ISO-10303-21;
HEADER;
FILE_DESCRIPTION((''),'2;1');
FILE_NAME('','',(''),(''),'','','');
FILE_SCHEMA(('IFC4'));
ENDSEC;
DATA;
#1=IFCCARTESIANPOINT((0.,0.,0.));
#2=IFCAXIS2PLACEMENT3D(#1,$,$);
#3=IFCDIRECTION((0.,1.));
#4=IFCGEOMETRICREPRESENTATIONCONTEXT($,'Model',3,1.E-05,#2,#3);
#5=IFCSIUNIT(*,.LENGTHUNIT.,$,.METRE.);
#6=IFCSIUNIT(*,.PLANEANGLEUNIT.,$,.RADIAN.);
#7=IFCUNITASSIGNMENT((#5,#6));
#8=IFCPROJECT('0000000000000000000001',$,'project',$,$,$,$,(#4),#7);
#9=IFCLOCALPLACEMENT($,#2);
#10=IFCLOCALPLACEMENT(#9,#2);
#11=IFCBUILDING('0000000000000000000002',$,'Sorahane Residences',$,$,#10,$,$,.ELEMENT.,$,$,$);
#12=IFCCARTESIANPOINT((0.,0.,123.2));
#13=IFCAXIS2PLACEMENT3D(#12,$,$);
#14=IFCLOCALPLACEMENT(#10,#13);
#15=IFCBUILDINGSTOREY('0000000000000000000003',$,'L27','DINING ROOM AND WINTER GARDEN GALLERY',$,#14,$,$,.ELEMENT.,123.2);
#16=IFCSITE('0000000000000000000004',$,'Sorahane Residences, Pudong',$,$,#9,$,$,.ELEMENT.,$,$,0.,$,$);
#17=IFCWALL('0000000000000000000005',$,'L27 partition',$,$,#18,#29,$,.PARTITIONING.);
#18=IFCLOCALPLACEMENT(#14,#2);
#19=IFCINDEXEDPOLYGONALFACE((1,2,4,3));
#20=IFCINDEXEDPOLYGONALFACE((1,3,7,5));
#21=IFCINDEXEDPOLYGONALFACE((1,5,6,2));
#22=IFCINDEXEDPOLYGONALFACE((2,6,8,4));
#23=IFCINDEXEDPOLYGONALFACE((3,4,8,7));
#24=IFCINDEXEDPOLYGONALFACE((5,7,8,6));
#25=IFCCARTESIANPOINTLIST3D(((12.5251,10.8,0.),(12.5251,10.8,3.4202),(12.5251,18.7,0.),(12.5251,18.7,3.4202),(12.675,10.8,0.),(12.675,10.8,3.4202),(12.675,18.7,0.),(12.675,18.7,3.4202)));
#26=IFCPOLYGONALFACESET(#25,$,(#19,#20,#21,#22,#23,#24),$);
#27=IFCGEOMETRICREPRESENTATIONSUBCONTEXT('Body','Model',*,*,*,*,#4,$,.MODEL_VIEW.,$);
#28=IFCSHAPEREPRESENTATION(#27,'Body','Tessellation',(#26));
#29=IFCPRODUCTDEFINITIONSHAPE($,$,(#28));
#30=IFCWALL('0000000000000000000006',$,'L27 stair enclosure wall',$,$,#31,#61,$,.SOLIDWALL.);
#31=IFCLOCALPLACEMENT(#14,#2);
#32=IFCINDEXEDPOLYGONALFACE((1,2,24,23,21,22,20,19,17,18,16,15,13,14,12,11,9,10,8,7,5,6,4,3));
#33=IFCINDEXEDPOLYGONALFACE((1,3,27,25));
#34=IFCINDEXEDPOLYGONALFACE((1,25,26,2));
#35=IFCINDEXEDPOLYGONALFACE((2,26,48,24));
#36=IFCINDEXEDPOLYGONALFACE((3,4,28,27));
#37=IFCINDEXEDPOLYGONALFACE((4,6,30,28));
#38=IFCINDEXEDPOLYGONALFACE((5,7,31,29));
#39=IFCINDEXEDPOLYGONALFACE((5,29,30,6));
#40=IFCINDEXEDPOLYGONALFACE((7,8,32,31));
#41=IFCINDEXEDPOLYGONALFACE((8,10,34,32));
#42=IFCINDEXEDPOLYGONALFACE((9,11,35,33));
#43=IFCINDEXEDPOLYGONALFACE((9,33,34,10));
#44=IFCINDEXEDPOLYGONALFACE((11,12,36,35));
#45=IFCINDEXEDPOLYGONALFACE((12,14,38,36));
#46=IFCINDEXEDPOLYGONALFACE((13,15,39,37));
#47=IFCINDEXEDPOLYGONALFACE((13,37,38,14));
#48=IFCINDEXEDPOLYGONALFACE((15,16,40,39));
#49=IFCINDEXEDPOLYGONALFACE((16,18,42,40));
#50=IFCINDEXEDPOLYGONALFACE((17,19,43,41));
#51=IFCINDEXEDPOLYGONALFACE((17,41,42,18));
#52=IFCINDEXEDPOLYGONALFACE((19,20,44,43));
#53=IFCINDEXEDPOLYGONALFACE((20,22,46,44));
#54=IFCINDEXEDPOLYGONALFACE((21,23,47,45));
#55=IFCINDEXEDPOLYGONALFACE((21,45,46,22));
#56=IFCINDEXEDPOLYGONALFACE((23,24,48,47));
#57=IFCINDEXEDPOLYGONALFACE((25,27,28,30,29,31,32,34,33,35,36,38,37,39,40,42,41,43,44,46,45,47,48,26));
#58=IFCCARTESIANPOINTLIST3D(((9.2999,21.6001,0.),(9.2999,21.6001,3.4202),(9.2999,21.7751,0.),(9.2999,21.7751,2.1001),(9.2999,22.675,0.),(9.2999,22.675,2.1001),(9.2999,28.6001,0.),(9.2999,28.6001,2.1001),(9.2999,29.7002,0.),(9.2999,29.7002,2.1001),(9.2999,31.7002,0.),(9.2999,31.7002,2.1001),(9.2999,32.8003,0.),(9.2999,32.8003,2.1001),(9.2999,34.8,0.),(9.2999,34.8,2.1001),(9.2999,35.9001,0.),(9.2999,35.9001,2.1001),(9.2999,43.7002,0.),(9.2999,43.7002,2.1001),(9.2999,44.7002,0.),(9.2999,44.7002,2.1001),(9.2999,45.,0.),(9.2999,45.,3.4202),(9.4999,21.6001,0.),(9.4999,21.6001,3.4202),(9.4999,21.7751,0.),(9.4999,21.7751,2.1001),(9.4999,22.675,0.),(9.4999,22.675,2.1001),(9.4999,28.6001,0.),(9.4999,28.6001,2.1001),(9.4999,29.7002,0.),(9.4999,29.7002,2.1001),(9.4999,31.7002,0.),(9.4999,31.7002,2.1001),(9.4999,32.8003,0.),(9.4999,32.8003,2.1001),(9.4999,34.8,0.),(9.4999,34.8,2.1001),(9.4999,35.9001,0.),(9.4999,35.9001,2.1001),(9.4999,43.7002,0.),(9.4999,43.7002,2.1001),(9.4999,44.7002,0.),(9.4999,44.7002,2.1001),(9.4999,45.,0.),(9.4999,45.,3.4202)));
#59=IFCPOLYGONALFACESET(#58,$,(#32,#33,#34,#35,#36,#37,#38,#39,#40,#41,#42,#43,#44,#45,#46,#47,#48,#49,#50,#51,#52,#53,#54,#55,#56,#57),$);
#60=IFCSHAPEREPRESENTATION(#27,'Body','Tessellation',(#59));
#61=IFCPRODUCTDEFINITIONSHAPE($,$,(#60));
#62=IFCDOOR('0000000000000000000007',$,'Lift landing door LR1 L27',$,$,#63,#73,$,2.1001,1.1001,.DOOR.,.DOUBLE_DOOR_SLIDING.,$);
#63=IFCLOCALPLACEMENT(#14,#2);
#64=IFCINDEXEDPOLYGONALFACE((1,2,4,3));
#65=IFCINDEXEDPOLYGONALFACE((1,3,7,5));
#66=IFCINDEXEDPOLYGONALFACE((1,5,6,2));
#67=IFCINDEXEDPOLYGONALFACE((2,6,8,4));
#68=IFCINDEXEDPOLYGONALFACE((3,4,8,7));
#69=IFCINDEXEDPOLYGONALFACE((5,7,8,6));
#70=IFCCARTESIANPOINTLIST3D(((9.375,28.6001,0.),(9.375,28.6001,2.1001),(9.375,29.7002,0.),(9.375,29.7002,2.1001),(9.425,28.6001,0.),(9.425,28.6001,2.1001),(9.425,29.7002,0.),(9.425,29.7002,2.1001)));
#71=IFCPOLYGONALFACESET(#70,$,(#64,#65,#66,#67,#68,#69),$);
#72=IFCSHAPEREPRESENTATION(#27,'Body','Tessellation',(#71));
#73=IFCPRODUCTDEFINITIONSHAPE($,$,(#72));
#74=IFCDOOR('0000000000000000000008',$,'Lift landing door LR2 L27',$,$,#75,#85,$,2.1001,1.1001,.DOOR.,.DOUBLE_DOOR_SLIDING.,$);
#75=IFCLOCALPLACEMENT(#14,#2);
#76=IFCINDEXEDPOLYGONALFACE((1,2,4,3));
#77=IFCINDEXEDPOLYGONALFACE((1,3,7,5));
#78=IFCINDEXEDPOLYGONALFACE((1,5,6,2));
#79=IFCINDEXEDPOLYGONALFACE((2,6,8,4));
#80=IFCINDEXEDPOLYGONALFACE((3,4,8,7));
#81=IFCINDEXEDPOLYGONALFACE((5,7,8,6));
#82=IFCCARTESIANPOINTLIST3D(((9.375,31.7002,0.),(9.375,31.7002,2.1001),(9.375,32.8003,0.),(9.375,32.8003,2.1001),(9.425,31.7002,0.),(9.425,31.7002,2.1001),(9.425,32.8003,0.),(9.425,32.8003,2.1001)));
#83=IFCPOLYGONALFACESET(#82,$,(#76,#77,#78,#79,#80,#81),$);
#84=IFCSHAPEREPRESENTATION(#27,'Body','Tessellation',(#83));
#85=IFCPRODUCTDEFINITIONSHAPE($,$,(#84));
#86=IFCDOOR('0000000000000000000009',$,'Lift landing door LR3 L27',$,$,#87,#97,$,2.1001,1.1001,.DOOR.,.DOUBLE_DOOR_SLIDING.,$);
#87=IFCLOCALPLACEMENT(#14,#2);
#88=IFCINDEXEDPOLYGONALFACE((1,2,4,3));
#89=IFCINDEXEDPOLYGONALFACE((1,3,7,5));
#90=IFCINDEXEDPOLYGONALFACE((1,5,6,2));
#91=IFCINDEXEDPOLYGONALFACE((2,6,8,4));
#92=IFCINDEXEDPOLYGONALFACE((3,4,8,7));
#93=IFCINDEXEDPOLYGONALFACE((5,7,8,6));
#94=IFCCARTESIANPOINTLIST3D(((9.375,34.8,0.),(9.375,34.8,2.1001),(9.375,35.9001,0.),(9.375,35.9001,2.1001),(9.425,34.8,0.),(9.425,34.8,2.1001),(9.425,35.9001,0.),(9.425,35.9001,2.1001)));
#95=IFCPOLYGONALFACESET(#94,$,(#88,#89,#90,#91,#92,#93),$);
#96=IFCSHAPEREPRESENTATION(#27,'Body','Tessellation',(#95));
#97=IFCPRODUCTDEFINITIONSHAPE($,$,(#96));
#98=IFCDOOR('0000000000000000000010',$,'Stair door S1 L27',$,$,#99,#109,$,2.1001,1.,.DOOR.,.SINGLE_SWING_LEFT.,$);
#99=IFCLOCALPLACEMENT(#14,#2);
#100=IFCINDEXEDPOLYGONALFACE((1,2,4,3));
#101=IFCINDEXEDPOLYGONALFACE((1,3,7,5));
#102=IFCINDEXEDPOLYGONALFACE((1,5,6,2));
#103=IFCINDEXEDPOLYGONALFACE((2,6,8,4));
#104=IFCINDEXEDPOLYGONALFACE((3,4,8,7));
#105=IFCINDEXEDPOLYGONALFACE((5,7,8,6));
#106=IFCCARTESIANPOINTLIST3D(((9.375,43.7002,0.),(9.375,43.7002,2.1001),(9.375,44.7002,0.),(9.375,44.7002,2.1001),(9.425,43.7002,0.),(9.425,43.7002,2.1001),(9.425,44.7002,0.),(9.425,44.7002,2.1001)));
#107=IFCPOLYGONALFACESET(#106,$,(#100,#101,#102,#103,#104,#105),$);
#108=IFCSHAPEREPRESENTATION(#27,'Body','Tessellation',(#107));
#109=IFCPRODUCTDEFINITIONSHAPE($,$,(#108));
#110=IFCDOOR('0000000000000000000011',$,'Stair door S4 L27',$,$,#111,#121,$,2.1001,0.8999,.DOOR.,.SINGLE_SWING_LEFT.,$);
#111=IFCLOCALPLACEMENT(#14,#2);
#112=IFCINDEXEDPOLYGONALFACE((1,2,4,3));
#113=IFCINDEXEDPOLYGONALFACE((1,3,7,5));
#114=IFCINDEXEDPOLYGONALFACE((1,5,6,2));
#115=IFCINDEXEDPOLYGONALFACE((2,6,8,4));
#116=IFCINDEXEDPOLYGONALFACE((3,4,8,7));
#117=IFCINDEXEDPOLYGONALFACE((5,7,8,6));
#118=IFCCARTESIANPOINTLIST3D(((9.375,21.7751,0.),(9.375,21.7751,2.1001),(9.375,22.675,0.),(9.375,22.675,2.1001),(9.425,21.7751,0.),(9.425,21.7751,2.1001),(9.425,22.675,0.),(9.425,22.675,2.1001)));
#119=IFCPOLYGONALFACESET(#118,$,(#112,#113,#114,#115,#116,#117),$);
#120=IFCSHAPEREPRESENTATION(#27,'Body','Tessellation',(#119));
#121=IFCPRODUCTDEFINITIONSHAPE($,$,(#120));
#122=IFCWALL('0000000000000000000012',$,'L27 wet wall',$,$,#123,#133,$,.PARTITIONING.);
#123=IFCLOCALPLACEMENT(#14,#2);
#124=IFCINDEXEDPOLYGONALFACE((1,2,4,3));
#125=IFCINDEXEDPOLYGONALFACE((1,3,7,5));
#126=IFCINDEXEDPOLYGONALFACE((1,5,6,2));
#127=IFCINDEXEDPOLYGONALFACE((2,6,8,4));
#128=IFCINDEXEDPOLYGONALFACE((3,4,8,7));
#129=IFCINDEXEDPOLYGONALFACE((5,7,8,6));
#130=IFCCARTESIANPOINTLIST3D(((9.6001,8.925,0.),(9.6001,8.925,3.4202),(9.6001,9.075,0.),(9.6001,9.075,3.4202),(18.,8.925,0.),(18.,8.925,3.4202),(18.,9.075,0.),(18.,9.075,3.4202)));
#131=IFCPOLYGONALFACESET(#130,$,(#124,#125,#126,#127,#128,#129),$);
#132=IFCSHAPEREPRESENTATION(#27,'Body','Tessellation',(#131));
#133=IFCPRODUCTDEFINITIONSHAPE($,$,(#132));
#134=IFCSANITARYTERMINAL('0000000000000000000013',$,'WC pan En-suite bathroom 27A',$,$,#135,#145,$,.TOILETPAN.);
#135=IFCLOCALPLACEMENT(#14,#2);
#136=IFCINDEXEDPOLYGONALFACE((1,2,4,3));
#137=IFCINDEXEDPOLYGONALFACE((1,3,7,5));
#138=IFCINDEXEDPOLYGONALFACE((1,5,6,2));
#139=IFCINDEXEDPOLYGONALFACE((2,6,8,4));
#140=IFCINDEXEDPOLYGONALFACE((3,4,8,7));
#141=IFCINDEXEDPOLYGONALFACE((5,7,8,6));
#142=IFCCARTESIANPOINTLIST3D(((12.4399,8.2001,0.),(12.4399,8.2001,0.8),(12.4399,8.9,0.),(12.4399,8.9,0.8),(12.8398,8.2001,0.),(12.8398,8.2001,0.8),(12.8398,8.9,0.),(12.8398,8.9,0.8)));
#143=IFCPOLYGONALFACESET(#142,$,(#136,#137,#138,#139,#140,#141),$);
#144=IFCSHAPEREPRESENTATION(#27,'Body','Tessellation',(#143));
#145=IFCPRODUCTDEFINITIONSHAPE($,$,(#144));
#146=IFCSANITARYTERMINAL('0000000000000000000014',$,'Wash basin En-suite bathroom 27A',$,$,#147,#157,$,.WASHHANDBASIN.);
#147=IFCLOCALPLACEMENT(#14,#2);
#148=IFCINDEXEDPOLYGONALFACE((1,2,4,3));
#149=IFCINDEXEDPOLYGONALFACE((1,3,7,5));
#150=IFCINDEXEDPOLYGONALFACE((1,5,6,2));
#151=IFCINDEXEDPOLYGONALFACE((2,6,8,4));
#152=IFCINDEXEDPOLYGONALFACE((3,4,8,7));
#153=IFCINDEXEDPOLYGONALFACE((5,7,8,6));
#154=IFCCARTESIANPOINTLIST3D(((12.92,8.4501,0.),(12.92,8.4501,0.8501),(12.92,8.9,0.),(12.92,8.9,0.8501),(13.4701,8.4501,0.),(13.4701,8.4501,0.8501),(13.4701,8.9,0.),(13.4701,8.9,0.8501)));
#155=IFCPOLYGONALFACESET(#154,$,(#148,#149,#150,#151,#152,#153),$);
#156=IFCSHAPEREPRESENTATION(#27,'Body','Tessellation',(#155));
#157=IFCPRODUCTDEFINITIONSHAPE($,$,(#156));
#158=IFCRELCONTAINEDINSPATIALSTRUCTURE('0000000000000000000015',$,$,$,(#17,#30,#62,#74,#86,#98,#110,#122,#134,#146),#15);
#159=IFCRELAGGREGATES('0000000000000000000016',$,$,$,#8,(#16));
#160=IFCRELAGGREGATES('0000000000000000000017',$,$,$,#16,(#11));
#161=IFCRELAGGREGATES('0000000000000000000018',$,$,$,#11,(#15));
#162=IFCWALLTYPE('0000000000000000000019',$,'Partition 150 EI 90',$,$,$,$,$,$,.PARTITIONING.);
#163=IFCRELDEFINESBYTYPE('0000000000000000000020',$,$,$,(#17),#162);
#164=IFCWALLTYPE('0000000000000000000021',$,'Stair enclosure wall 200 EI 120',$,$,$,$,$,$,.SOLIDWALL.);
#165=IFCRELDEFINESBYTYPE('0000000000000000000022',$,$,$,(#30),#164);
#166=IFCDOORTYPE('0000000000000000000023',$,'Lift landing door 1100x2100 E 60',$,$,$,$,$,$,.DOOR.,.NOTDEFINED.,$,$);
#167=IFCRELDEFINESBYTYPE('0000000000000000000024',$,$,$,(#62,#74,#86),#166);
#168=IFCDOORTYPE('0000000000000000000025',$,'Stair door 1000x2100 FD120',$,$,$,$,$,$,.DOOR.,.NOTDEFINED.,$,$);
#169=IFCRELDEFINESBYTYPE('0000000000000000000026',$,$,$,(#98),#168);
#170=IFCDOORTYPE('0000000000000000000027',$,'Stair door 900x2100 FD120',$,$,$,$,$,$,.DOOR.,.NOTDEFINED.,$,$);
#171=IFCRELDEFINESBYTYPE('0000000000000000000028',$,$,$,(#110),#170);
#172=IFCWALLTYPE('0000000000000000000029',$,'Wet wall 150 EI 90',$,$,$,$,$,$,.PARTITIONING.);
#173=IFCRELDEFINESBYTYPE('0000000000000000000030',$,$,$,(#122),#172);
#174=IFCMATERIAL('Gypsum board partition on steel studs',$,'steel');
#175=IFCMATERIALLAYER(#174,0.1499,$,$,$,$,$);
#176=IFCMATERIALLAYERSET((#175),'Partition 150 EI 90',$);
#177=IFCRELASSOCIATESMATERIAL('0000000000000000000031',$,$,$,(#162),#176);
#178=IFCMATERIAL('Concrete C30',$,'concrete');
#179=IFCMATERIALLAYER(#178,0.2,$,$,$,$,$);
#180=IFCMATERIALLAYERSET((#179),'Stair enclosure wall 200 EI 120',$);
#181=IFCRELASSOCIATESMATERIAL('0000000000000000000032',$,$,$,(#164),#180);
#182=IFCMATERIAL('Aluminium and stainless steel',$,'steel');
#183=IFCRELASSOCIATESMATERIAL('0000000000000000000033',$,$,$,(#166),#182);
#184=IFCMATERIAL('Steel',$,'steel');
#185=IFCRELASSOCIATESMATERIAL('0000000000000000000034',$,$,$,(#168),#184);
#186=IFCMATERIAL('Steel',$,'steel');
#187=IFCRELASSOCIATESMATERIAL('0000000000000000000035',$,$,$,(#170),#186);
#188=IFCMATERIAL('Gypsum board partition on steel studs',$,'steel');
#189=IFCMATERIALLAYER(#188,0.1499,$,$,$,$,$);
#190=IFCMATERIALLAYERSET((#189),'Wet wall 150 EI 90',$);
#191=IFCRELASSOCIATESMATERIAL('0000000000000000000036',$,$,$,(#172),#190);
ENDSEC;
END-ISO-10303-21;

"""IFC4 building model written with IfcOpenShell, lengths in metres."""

from ifc_helpers import new_model, si_unit, direction, frame, frame_2d, origin, origin_2d, place, context, subcontext, project, spatial, rectangle, extrude, material, layer, layer_set, type_object, element, fill, save


model = new_model("IFC4")

# Units and contexts
model_context = context("Model", 3, precision=1e-05, world=origin(), true_north=direction((0.0, 1.0)))
body_context = subcontext(model_context, "Body", "Model", "MODEL_VIEW")
ifc_project = project(units=[si_unit("LENGTHUNIT", "METRE"), si_unit("PLANEANGLEUNIT", "RADIAN")], contexts=[model_context])

# Site, building, storey
site_placement = place(None, origin())
site = spatial("IfcSite", under=ifc_project, at=site_placement, Name="Sorahane Residences, Pudong", CompositionType="ELEMENT", RefElevation=0.0)
building_placement = place(site_placement, origin())
building = spatial("IfcBuilding", under=site, at=building_placement, Name="Sorahane Residences", CompositionType="ELEMENT")
storey_placement = place(building_placement, frame((0.0, 0.0, 123.2)))
storey = spatial("IfcBuildingStorey", under=building, at=storey_placement, Name="L27", Description="DINING ROOM AND WINTER GARDEN GALLERY", CompositionType="ELEMENT", Elevation=123.2)

# Wall
ifc_material_1 = material(Name="Gypsum board partition on steel studs", Category="steel")
ifc_layer_1 = layer(ifc_material_1, 0.1499)
ifc_layer_set_1 = layer_set([ifc_layer_1], Name="Partition 150 EI 90")
wall_type_1 = type_object("IfcWallType", Name="Partition 150 EI 90", PredefinedType="PARTITIONING", material=ifc_layer_set_1)
wall_1_placement = place(storey_placement, frame((12.6001, 10.8, 0.0), z_axis=(0.0, 0.0, 1.0), x_axis=(0.0, 1.0, 0.0)))
element("IfcWall", 1, at=wall_1_placement, inside=storey, type_object=wall_type_1, Name="L27 partition", PredefinedType="PARTITIONING", context=body_context, shape_type="SweptSolid", body=[
    extrude(rectangle(XDim=7.8999, YDim=0.1499, at=frame_2d((3.95, 0.0))), origin(), (0.0, 0.0, 1.0), 3.4202),
])

# Wall, openings, doors
ifc_material_2 = material(Name="Concrete C30", Category="concrete")
ifc_layer_2 = layer(ifc_material_2, 0.2)
ifc_layer_set_2 = layer_set([ifc_layer_2], Name="Stair enclosure wall 200 EI 120")
wall_type_2 = type_object("IfcWallType", Name="Stair enclosure wall 200 EI 120", PredefinedType="SOLIDWALL", material=ifc_layer_set_2)
wall_2_placement = place(storey_placement, frame((9.3999, 21.6001, 0.0), z_axis=(0.0, 0.0, 1.0), x_axis=(0.0, 1.0, 0.0)))
wall_2 = element("IfcWall", 2, at=wall_2_placement, inside=storey, type_object=wall_type_2, Name="L27 stair enclosure wall", PredefinedType="SOLIDWALL", context=body_context, shape_type="SweptSolid", body=[
    extrude(rectangle(XDim=23.3999, YDim=0.2, at=frame_2d((11.7, 0.0))), origin(), (0.0, 0.0, 1.0), 3.4202),
])
opening_1_placement = place(wall_2_placement, frame((7.0, 0.0, 0.0)))
opening_1 = element("IfcOpeningElement", 3, at=opening_1_placement, cuts=wall_2, PredefinedType="OPENING", context=body_context, shape_type="SweptSolid", body=[
    extrude(rectangle(XDim=1.1001, YDim=2.1001, at=frame_2d((0.55, 1.05))), frame((0.0, 0.1099, 0.0), z_axis=(0.0, -1.0, 0.0), x_axis=(1.0, 0.0, 0.0)), (0.0, 0.0, 1.0), 0.22),
])
opening_2_placement = place(wall_2_placement, frame((10.1001, 0.0, 0.0)))
opening_2 = element("IfcOpeningElement", 4, at=opening_2_placement, cuts=wall_2, PredefinedType="OPENING", context=body_context, shape_type="SweptSolid", body=[
    extrude(rectangle(XDim=1.1001, YDim=2.1001, at=frame_2d((0.55, 1.05))), frame((0.0, 0.1099, 0.0), z_axis=(0.0, -1.0, 0.0), x_axis=(1.0, 0.0, 0.0)), (0.0, 0.0, 1.0), 0.22),
])
opening_3_placement = place(wall_2_placement, frame((13.2, 0.0, 0.0)))
opening_3 = element("IfcOpeningElement", 5, at=opening_3_placement, cuts=wall_2, PredefinedType="OPENING", context=body_context, shape_type="SweptSolid", body=[
    extrude(rectangle(XDim=1.1001, YDim=2.1001, at=frame_2d((0.55, 1.05))), frame((0.0, 0.1099, 0.0), z_axis=(0.0, -1.0, 0.0), x_axis=(1.0, 0.0, 0.0)), (0.0, 0.0, 1.0), 0.22),
])
opening_4_placement = place(wall_2_placement, frame((22.1001, 0.0, 0.0)))
opening_4 = element("IfcOpeningElement", 6, at=opening_4_placement, cuts=wall_2, PredefinedType="OPENING", context=body_context, shape_type="SweptSolid", body=[
    extrude(rectangle(XDim=1.0, YDim=2.1001, at=frame_2d((0.5, 1.05))), frame((0.0, 0.1099, 0.0), z_axis=(0.0, -1.0, 0.0), x_axis=(1.0, 0.0, 0.0)), (0.0, 0.0, 1.0), 0.22),
])
opening_5_placement = place(wall_2_placement, frame((0.175, 0.0, 0.0)))
opening_5 = element("IfcOpeningElement", 7, at=opening_5_placement, cuts=wall_2, PredefinedType="OPENING", context=body_context, shape_type="SweptSolid", body=[
    extrude(rectangle(XDim=0.8999, YDim=2.1001, at=frame_2d((0.45, 1.05))), frame((0.0, 0.1099, 0.0), z_axis=(0.0, -1.0, 0.0), x_axis=(1.0, 0.0, 0.0)), (0.0, 0.0, 1.0), 0.22),
])
ifc_material_3 = material(Name="Aluminium and stainless steel", Category="steel")
door_type_1 = type_object("IfcDoorType", Name="Lift landing door 1100x2100 E 60", OperationType="NOTDEFINED", PredefinedType="DOOR", material=ifc_material_3)
door_1_placement = place(opening_1_placement, origin())
door_1 = element("IfcDoor", 8, at=door_1_placement, inside=storey, type_object=door_type_1, Name="Lift landing door LR1 L27", OperationType="DOUBLE_DOOR_SLIDING", OverallHeight=2.1001, OverallWidth=1.1001, PredefinedType="DOOR", context=body_context, shape_type="SweptSolid", body=[
    extrude(rectangle(XDim=1.1001, YDim=2.1001, at=frame_2d((0.55, 1.05))), frame((0.0, 0.0249, 0.0), z_axis=(0.0, -1.0, 0.0), x_axis=(1.0, 0.0, 0.0)), (0.0, 0.0, 1.0), 0.05),
])
fill(opening_1, door_1)
door_2_placement = place(opening_2_placement, origin())
door_2 = element("IfcDoor", 9, at=door_2_placement, inside=storey, type_object=door_type_1, Name="Lift landing door LR2 L27", OperationType="DOUBLE_DOOR_SLIDING", OverallHeight=2.1001, OverallWidth=1.1001, PredefinedType="DOOR", context=body_context, shape_type="SweptSolid", body=[
    extrude(rectangle(XDim=1.1001, YDim=2.1001, at=frame_2d((0.55, 1.05))), frame((0.0, 0.0249, 0.0), z_axis=(0.0, -1.0, 0.0), x_axis=(1.0, 0.0, 0.0)), (0.0, 0.0, 1.0), 0.05),
])
fill(opening_2, door_2)
door_3_placement = place(opening_3_placement, origin())
door_3 = element("IfcDoor", 10, at=door_3_placement, inside=storey, type_object=door_type_1, Name="Lift landing door LR3 L27", OperationType="DOUBLE_DOOR_SLIDING", OverallHeight=2.1001, OverallWidth=1.1001, PredefinedType="DOOR", context=body_context, shape_type="SweptSolid", body=[
    extrude(rectangle(XDim=1.1001, YDim=2.1001, at=frame_2d((0.55, 1.05))), frame((0.0, 0.0249, 0.0), z_axis=(0.0, -1.0, 0.0), x_axis=(1.0, 0.0, 0.0)), (0.0, 0.0, 1.0), 0.05),
])
fill(opening_3, door_3)
ifc_material_4 = material(Name="Steel", Category="steel")
door_type_2 = type_object("IfcDoorType", Name="Stair door 1000x2100 FD120", OperationType="NOTDEFINED", PredefinedType="DOOR", material=ifc_material_4)
door_4_placement = place(opening_4_placement, origin())
door_4 = element("IfcDoor", 11, at=door_4_placement, inside=storey, type_object=door_type_2, Name="Stair door S1 L27", OperationType="SINGLE_SWING_LEFT", OverallHeight=2.1001, OverallWidth=1.0, PredefinedType="DOOR", context=body_context, shape_type="SweptSolid", body=[
    extrude(rectangle(XDim=1.0, YDim=2.1001, at=frame_2d((0.5, 1.05))), frame((0.0, 0.0249, 0.0), z_axis=(0.0, -1.0, 0.0), x_axis=(1.0, 0.0, 0.0)), (0.0, 0.0, 1.0), 0.05),
])
fill(opening_4, door_4)
ifc_material_5 = material(Name="Steel", Category="steel")
door_type_3 = type_object("IfcDoorType", Name="Stair door 900x2100 FD120", OperationType="NOTDEFINED", PredefinedType="DOOR", material=ifc_material_5)
door_5_placement = place(opening_5_placement, origin())
door_5 = element("IfcDoor", 12, at=door_5_placement, inside=storey, type_object=door_type_3, Name="Stair door S4 L27", OperationType="SINGLE_SWING_LEFT", OverallHeight=2.1001, OverallWidth=0.8999, PredefinedType="DOOR", context=body_context, shape_type="SweptSolid", body=[
    extrude(rectangle(XDim=0.8999, YDim=2.1001, at=frame_2d((0.45, 1.05))), frame((0.0, 0.0249, 0.0), z_axis=(0.0, -1.0, 0.0), x_axis=(1.0, 0.0, 0.0)), (0.0, 0.0, 1.0), 0.05),
])
fill(opening_5, door_5)

# Wall
ifc_material_6 = material(Name="Gypsum board partition on steel studs", Category="steel")
ifc_layer_3 = layer(ifc_material_6, 0.1499)
ifc_layer_set_3 = layer_set([ifc_layer_3], Name="Wet wall 150 EI 90")
wall_type_3 = type_object("IfcWallType", Name="Wet wall 150 EI 90", PredefinedType="PARTITIONING", material=ifc_layer_set_3)
wall_3_placement = place(storey_placement, frame((9.6001, 9.0, 0.0), z_axis=(0.0, 0.0, 1.0), x_axis=(1.0, 0.0, 0.0)))
element("IfcWall", 13, at=wall_3_placement, inside=storey, type_object=wall_type_3, Name="L27 wet wall", PredefinedType="PARTITIONING", context=body_context, shape_type="SweptSolid", body=[
    extrude(rectangle(XDim=8.3999, YDim=0.1499, at=frame_2d((4.2, 0.0))), origin(), (0.0, 0.0, 1.0), 3.4202),
])

# Sanitary terminals
sanitary_terminal_1_placement = place(storey_placement, frame((12.6399, 8.55, 0.0), z_axis=(0.0, 0.0, 1.0), x_axis=(1.0, 0.0, 0.0)))
element("IfcSanitaryTerminal", 14, at=sanitary_terminal_1_placement, inside=storey, Name="WC pan En-suite bathroom 27A", PredefinedType="TOILETPAN", context=body_context, shape_type="SweptSolid", body=[
    extrude(rectangle(XDim=0.3999, YDim=0.7, at=origin_2d()), origin(), (0.0, 0.0, 1.0), 0.8),
])
sanitary_terminal_2_placement = place(storey_placement, frame((13.1951, 8.675, 0.0), z_axis=(0.0, 0.0, 1.0), x_axis=(1.0, 0.0, 0.0)))
element("IfcSanitaryTerminal", 15, at=sanitary_terminal_2_placement, inside=storey, Name="Wash basin En-suite bathroom 27A", PredefinedType="WASHHANDBASIN", context=body_context, shape_type="SweptSolid", body=[
    extrude(rectangle(XDim=0.55, YDim=0.45, at=origin_2d()), origin(), (0.0, 0.0, 1.0), 0.8501),
])

save(model, "model.ifc")
